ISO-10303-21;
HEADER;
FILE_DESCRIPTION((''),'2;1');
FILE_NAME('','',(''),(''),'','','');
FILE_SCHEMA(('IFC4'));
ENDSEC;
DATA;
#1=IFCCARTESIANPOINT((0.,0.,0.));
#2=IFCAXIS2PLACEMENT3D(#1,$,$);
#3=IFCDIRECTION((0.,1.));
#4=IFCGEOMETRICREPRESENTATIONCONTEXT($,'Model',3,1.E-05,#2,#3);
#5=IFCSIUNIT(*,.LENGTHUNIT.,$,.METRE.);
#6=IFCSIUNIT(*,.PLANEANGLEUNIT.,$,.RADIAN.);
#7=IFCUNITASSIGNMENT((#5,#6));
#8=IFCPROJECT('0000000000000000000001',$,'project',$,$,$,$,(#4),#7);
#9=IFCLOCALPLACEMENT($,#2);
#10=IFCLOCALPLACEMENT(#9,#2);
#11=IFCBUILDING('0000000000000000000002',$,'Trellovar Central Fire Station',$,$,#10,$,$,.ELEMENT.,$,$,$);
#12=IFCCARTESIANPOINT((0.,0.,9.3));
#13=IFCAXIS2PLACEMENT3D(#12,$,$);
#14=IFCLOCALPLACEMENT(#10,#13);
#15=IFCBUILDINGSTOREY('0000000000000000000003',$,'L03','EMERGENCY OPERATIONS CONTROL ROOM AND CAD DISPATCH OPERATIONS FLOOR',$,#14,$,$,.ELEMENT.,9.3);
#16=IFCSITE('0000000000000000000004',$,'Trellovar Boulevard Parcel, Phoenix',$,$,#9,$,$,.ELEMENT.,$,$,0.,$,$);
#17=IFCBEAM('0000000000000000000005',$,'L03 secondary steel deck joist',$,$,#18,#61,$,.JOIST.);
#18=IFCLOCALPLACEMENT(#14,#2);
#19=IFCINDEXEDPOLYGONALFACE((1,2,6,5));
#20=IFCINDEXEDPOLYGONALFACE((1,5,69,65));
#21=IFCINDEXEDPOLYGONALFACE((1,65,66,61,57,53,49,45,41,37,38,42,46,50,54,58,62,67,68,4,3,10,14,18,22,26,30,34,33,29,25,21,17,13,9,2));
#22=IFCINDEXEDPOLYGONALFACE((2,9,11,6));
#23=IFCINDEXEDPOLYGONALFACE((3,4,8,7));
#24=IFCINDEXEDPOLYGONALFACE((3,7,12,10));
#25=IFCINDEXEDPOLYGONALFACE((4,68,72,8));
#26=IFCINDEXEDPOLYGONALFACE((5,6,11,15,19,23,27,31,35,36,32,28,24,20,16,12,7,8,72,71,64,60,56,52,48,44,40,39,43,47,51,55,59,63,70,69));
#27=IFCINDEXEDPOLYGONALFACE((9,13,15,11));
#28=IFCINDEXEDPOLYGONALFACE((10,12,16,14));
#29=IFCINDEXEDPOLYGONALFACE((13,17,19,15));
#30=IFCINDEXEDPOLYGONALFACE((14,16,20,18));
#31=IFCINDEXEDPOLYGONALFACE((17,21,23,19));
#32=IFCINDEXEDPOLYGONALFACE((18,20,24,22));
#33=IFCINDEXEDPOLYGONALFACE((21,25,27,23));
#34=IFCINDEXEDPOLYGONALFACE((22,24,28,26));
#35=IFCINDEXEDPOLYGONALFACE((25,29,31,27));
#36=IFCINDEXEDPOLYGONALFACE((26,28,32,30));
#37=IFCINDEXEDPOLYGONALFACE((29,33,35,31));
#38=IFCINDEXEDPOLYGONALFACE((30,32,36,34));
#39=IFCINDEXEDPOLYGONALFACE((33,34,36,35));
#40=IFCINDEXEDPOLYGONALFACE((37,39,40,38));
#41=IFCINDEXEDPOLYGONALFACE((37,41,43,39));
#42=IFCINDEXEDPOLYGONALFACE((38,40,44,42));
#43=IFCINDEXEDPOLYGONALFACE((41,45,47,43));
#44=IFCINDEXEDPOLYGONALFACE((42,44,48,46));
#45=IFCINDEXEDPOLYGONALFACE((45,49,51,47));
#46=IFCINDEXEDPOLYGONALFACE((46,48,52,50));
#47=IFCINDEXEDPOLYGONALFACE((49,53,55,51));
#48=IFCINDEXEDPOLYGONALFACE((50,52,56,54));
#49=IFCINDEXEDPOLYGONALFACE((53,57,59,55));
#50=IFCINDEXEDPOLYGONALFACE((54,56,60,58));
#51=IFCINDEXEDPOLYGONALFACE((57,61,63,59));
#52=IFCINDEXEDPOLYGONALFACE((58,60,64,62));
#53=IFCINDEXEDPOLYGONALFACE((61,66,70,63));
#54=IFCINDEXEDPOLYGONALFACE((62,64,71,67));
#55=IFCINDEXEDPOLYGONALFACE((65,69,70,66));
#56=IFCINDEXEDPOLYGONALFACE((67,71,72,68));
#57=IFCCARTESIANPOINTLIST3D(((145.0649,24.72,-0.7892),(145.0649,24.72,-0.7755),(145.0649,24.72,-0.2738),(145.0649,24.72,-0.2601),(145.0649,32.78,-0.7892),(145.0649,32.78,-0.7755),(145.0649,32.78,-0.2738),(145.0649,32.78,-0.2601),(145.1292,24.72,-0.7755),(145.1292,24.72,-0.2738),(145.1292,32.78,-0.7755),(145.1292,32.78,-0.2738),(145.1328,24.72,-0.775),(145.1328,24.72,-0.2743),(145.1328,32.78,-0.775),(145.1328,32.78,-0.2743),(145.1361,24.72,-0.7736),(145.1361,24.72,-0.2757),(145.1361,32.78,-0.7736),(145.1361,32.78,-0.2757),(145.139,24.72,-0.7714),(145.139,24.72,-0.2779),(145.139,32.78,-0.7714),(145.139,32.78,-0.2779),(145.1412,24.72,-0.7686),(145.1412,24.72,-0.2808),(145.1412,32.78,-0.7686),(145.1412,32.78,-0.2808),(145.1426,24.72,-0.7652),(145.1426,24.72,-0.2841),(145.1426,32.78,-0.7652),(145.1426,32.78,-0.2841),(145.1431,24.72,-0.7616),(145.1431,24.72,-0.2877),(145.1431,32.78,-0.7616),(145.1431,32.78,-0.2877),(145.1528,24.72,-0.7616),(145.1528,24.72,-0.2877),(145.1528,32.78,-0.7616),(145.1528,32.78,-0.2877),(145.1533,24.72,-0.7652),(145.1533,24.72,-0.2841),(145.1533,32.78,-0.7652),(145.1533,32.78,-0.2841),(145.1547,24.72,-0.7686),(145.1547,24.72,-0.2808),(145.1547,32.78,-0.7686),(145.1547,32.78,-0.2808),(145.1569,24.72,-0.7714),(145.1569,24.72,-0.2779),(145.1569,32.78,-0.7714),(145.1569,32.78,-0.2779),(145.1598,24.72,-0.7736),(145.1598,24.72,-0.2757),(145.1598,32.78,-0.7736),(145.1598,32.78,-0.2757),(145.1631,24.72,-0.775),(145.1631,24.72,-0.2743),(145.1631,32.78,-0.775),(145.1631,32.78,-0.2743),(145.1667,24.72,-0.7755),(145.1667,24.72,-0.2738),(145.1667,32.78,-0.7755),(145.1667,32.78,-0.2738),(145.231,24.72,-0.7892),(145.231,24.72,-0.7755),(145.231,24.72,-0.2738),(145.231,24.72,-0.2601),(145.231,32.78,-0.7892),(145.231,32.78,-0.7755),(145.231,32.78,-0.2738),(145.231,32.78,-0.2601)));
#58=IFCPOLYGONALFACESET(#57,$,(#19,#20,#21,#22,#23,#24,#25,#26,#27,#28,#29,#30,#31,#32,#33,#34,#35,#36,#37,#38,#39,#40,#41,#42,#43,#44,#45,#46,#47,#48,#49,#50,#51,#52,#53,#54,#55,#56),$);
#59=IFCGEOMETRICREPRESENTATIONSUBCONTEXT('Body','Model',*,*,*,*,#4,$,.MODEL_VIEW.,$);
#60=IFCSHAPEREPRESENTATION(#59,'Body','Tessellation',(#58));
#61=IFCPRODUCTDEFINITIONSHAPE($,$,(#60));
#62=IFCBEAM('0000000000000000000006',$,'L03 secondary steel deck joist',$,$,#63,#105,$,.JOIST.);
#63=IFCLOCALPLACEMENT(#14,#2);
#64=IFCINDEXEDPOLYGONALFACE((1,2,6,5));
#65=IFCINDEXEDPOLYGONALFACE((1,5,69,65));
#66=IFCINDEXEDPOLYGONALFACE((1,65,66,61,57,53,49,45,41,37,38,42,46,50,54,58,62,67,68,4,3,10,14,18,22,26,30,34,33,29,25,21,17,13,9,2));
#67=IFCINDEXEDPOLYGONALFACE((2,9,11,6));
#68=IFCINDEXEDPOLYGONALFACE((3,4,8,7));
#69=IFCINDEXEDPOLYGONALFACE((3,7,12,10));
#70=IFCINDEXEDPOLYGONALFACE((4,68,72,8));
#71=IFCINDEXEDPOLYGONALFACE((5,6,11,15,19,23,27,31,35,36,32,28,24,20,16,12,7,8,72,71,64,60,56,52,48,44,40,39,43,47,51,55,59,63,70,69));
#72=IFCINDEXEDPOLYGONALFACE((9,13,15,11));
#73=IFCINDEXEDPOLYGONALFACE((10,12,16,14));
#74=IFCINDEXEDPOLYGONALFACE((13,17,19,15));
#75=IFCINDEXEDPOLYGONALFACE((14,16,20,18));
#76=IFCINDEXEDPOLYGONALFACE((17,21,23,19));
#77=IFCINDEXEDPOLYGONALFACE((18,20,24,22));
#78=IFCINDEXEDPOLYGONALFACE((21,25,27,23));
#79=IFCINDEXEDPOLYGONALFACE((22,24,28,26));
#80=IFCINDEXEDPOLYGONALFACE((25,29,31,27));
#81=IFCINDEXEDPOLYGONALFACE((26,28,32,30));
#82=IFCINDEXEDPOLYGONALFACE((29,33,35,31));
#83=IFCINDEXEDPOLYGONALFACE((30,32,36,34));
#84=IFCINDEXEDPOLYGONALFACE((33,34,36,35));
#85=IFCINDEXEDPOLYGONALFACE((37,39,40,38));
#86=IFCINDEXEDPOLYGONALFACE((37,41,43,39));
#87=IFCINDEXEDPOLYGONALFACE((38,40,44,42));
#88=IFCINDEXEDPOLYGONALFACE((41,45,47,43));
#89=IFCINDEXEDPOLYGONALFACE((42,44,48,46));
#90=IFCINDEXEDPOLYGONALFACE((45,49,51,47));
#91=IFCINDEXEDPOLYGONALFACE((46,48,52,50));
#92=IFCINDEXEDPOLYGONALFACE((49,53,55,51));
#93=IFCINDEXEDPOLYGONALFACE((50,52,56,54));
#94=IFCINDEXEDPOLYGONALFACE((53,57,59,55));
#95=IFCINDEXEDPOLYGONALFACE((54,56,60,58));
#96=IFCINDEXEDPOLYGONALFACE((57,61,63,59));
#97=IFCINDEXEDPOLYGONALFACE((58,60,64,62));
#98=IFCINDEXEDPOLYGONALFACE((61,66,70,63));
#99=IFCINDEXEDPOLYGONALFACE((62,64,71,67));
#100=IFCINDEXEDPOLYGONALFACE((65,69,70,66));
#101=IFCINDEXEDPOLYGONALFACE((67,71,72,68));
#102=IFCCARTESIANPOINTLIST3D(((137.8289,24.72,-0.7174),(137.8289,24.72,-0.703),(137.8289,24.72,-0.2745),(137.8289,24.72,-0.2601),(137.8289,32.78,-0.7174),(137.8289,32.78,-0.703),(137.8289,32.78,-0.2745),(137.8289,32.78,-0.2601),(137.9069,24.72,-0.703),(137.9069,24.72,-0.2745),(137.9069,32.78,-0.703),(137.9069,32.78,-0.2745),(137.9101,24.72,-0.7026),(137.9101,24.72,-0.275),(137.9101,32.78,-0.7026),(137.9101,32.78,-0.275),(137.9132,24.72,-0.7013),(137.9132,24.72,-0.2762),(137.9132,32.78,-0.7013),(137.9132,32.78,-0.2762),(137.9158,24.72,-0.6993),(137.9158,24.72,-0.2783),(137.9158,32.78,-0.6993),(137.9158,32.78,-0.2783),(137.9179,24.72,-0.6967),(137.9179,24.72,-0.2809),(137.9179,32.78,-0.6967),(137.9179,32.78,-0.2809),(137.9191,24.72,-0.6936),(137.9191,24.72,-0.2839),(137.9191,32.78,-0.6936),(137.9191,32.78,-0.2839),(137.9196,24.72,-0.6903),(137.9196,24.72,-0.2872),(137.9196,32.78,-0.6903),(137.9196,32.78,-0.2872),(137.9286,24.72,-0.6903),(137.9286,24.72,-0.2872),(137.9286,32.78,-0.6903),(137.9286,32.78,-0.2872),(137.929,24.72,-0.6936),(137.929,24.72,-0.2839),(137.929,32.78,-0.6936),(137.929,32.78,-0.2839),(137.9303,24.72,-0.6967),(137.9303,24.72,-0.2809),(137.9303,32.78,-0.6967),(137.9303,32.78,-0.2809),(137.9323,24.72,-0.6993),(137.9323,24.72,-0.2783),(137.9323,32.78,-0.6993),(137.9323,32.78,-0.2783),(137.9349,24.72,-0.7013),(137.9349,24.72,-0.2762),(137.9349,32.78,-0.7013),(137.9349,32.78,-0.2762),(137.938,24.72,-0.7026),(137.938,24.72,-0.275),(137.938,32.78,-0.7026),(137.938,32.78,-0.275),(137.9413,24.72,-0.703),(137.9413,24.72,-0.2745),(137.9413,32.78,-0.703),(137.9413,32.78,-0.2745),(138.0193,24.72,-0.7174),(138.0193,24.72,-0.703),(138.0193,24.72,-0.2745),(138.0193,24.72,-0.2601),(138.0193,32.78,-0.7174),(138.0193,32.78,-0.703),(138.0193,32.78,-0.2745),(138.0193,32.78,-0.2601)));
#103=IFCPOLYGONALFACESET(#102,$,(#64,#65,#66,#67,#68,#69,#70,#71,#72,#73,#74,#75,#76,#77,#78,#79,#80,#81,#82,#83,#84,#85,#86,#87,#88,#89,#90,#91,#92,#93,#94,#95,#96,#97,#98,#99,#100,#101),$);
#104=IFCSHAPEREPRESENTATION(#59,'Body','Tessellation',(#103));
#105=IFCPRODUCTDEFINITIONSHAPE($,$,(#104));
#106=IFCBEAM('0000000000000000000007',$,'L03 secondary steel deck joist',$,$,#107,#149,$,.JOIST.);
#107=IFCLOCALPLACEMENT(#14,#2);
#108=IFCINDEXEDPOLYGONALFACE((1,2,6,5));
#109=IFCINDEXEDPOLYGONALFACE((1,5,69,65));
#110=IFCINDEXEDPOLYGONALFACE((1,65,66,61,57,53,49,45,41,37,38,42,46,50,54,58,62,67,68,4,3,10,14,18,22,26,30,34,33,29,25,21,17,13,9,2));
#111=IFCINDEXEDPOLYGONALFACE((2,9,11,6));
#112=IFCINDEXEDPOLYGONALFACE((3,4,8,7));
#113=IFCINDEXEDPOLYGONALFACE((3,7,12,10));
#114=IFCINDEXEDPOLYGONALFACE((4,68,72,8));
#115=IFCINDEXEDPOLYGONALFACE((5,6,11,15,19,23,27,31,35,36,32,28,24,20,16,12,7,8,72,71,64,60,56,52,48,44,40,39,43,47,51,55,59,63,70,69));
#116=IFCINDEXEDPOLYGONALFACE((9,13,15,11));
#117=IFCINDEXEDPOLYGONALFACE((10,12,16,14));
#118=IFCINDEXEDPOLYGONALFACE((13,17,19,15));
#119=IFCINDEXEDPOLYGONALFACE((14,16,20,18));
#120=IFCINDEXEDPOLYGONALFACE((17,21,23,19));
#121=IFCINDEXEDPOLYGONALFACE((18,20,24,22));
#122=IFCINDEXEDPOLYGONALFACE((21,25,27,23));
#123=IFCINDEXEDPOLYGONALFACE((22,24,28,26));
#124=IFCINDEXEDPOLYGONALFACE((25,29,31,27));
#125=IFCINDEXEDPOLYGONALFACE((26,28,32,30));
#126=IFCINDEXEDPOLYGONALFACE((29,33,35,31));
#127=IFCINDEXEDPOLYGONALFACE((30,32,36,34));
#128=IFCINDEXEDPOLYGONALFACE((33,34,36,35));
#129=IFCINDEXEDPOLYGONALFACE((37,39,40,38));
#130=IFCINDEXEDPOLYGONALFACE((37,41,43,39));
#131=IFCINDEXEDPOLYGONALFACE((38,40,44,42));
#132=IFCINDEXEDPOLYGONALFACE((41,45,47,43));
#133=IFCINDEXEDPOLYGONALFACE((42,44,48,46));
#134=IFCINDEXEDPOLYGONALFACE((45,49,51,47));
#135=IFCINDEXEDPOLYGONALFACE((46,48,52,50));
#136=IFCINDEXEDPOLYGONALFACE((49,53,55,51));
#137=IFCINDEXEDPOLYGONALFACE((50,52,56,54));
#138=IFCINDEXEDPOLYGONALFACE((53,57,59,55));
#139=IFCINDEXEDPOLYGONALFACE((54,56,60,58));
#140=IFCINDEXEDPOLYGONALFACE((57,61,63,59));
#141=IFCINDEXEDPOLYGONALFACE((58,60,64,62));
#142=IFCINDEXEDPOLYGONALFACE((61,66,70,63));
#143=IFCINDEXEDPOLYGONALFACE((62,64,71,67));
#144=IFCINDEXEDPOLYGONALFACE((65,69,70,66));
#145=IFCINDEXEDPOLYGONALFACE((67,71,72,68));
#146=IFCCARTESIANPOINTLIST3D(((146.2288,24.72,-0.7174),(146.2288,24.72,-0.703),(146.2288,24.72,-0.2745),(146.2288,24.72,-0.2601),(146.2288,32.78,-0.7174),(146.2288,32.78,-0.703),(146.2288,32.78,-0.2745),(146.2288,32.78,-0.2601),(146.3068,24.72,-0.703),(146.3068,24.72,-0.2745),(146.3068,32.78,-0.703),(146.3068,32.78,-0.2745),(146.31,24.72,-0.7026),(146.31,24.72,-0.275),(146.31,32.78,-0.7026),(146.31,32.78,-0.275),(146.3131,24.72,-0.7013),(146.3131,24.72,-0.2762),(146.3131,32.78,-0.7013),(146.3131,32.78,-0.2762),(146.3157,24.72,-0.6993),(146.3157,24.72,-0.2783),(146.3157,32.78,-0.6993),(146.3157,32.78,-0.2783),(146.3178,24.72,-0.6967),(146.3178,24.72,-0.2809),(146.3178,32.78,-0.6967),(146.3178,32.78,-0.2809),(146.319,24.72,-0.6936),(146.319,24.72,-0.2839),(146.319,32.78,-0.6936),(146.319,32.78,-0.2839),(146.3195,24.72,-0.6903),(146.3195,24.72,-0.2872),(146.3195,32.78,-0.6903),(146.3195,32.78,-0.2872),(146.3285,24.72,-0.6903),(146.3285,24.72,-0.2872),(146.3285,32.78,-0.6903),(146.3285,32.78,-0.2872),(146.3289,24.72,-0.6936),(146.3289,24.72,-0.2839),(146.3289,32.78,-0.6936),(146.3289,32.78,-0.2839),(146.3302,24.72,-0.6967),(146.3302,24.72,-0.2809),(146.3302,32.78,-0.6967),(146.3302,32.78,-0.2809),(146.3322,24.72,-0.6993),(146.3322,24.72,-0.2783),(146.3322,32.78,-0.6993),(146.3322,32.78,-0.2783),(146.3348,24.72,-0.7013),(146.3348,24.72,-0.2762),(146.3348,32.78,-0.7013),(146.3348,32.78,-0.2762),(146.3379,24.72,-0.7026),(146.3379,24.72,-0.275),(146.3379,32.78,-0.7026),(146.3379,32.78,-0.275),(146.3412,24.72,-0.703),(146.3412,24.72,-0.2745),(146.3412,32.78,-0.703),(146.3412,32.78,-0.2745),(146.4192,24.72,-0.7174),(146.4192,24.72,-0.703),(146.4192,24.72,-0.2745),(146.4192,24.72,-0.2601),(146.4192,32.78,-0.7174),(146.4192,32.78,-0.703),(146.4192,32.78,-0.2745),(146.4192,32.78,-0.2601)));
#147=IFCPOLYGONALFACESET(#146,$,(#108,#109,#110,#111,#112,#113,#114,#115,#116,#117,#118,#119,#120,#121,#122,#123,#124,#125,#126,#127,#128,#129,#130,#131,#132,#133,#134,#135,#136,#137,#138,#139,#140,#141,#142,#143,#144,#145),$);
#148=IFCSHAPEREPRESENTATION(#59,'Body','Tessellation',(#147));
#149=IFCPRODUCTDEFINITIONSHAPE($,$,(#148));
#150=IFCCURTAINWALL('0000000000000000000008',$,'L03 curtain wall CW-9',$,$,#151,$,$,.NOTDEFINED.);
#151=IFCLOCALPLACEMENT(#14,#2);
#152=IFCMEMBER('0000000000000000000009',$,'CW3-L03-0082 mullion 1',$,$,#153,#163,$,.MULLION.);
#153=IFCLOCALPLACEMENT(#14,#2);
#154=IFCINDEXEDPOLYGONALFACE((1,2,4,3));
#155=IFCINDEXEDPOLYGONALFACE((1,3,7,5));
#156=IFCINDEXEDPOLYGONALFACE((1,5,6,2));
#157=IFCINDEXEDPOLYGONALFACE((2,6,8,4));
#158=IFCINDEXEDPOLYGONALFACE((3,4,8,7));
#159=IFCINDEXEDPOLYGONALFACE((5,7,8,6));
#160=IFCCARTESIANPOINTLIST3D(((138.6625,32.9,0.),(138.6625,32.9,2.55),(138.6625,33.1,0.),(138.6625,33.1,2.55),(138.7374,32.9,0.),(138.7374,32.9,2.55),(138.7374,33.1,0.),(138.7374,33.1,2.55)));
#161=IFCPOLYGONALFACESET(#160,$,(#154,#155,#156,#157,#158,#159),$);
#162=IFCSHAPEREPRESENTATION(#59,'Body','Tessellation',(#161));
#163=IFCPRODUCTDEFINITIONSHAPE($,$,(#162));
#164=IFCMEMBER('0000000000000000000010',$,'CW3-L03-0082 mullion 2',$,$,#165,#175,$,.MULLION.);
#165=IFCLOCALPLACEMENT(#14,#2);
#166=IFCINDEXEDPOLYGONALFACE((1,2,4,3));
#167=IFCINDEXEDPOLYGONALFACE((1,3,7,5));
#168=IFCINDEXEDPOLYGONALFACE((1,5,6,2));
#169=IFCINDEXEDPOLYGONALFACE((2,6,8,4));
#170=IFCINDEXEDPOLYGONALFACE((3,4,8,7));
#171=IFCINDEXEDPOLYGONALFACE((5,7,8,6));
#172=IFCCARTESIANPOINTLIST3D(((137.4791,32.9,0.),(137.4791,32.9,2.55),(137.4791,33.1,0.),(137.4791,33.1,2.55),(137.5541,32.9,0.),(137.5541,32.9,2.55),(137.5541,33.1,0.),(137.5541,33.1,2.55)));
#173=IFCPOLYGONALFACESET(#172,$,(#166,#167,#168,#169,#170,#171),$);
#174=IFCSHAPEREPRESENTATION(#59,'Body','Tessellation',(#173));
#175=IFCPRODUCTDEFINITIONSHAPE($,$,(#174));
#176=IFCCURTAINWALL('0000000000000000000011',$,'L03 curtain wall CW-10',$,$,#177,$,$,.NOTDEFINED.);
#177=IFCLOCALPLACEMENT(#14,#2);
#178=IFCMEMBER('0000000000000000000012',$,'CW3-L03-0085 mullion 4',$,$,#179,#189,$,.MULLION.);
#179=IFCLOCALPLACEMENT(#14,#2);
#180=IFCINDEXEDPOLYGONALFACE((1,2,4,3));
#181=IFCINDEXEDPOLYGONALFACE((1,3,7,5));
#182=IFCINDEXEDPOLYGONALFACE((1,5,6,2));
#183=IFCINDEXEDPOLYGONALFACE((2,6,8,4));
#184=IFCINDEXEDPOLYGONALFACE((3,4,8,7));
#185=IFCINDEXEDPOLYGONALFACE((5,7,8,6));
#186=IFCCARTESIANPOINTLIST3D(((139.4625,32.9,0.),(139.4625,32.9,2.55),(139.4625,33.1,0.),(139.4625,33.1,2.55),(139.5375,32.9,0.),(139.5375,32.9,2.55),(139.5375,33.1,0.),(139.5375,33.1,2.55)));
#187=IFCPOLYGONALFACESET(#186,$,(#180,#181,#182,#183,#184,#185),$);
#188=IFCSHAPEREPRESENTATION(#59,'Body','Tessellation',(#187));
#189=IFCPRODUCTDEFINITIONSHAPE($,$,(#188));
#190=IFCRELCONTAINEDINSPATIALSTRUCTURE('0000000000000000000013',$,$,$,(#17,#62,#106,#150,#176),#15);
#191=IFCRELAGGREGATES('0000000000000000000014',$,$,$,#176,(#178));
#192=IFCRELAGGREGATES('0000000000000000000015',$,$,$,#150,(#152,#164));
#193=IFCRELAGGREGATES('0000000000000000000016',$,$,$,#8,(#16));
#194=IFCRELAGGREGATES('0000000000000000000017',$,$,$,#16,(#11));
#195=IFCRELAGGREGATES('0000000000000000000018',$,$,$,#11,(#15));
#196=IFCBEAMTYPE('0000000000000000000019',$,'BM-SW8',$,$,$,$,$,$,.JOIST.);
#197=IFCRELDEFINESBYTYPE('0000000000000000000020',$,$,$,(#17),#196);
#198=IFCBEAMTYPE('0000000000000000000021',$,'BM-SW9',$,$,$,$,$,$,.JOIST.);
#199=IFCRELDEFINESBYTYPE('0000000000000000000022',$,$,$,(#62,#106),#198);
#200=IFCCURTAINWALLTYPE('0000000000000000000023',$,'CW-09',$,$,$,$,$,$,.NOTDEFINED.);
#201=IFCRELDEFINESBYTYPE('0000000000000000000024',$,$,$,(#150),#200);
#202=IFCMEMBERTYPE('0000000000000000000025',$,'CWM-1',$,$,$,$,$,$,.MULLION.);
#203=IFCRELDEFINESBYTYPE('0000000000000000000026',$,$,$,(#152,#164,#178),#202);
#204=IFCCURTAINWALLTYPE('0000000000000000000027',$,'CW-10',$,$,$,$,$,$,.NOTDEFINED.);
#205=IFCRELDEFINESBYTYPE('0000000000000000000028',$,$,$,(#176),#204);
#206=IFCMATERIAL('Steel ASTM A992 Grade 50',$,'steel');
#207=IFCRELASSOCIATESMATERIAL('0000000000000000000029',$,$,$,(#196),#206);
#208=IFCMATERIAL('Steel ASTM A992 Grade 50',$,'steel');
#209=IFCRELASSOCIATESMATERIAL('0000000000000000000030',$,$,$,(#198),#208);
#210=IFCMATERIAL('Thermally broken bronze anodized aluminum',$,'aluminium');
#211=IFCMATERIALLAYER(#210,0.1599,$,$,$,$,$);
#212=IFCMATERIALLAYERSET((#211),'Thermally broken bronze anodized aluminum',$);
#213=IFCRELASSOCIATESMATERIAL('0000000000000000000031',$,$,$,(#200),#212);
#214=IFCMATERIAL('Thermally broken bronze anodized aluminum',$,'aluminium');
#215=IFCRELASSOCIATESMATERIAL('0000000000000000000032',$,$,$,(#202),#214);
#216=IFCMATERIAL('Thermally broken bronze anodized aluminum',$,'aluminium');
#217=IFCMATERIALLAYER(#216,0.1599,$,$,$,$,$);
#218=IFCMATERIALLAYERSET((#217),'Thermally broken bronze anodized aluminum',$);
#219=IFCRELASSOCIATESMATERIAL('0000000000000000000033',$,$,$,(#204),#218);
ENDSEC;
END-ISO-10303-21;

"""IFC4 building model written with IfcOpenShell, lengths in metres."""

from ifc_helpers import new_model, si_unit, direction, frame, origin, origin_2d, place, context, subcontext, project, spatial, rectangle, i_section, extrude, material, layer, layer_set, material_profile, profile_set, type_object, element, aggregate, save


model = new_model("IFC4")

# Units and contexts
model_context = context("Model", 3, precision=1e-05, world=origin(), true_north=direction((0.0, 1.0)))
body_context = subcontext(model_context, "Body", "Model", "MODEL_VIEW")
ifc_project = project(units=[si_unit("LENGTHUNIT", "METRE"), si_unit("PLANEANGLEUNIT", "RADIAN")], contexts=[model_context])

# Site, building, storey
site_placement = place(None, origin())
site = spatial("IfcSite", under=ifc_project, at=site_placement, Name="Trellovar Boulevard Parcel, Phoenix", CompositionType="ELEMENT", RefElevation=0.0)
building_placement = place(site_placement, origin())
building = spatial("IfcBuilding", under=site, at=building_placement, Name="Trellovar Central Fire Station", CompositionType="ELEMENT")
storey_placement = place(building_placement, frame((0.0, 0.0, 9.3)))
storey = spatial("IfcBuildingStorey", under=building, at=storey_placement, Name="L03", Description="EMERGENCY OPERATIONS CONTROL ROOM AND CAD DISPATCH OPERATIONS FLOOR", CompositionType="ELEMENT", Elevation=9.3)

# Beams
ifc_material_1 = material(Name="Steel ASTM A992 Grade 50", Category="steel")
ifc_material_profile_1 = material_profile(ifc_material_1, i_section(OverallWidth=0.166, OverallDepth=0.5291, WebThickness=0.0098, FlangeThickness=0.0137, FilletRadius=0.0139, at=origin_2d()), Name="W21X50")
ifc_profile_set_1 = profile_set([ifc_material_profile_1], Name="Steel ASTM A992 Grade 50")
beam_type_1 = type_object("IfcBeamType", Name="BM-SW8", PredefinedType="JOIST", material=ifc_profile_set_1)
for number, where, z_axis, x_axis, name in (
    (1, (145.1479, 24.72, -0.5247), (0.0, 1.0, 0.0), (-1.0, 0.0, 0.0), "L03 secondary steel deck joist"),
):
    element("IfcBeam", number, at=place(storey_placement, frame(where, z_axis=z_axis, x_axis=x_axis)), inside=storey, type_object=beam_type_1, Name=name, PredefinedType="JOIST", context=body_context, shape_type="SweptSolid", body=[
        extrude(i_section(OverallWidth=0.166, OverallDepth=0.5291, WebThickness=0.0098, FlangeThickness=0.0137, FilletRadius=0.0139, at=origin_2d()), origin(), (0.0, 0.0, 1.0), 8.0601),
    ])
ifc_material_2 = material(Name="Steel ASTM A992 Grade 50", Category="steel")
ifc_material_profile_2 = material_profile(ifc_material_2, i_section(OverallWidth=0.1904, OverallDepth=0.4573, WebThickness=0.009, FlangeThickness=0.0144, FilletRadius=0.0127, at=origin_2d()), Name="W18X50")
ifc_profile_set_2 = profile_set([ifc_material_profile_2], Name="Steel ASTM A992 Grade 50")
beam_type_2 = type_object("IfcBeamType", Name="BM-SW9", PredefinedType="JOIST", material=ifc_profile_set_2)
for number, where, z_axis, x_axis, name in (
    (2, (137.9241, 24.72, -0.4888), (0.0, 1.0, 0.0), (-1.0, 0.0, 0.0), "L03 secondary steel deck joist"),
    (3, (146.324, 24.72, -0.4888), (0.0, 1.0, 0.0), (-1.0, 0.0, 0.0), "L03 secondary steel deck joist"),
):
    element("IfcBeam", number, at=place(storey_placement, frame(where, z_axis=z_axis, x_axis=x_axis)), inside=storey, type_object=beam_type_2, Name=name, PredefinedType="JOIST", context=body_context, shape_type="SweptSolid", body=[
        extrude(i_section(OverallWidth=0.1904, OverallDepth=0.4573, WebThickness=0.009, FlangeThickness=0.0144, FilletRadius=0.0127, at=origin_2d()), origin(), (0.0, 0.0, 1.0), 8.0601),
    ])

# Curtain wall, members
ifc_material_3 = material(Name="Thermally broken bronze anodized aluminum", Category="aluminium")
ifc_layer_1 = layer(ifc_material_3, 0.1599)
ifc_layer_set_1 = layer_set([ifc_layer_1], Name="Thermally broken bronze anodized aluminum")
curtain_wall_type_1 = type_object("IfcCurtainWallType", Name="CW-09", PredefinedType="NOTDEFINED", material=ifc_layer_set_1)
curtain_wall_1_placement = place(storey_placement, origin())
curtain_wall_1 = element("IfcCurtainWall", 4, at=curtain_wall_1_placement, inside=storey, type_object=curtain_wall_type_1, Name="L03 curtain wall CW-9", PredefinedType="NOTDEFINED")
ifc_material_4 = material(Name="Thermally broken bronze anodized aluminum", Category="aluminium")
ifc_material_profile_3 = material_profile(ifc_material_4, rectangle(XDim=0.075, YDim=0.2, at=origin_2d()), Name="ALU75X200")
ifc_profile_set_3 = profile_set([ifc_material_profile_3], Name="Thermally broken bronze anodized aluminum")
member_type_1 = type_object("IfcMemberType", Name="CWM-1", PredefinedType="MULLION", material=ifc_profile_set_3)
member_1_placement = place(storey_placement, frame((138.7, 33.0, 0.0), z_axis=(0.0, 0.0, 1.0), x_axis=(1.0, 0.0, 0.0)))
member_1 = element("IfcMember", 5, at=member_1_placement, type_object=member_type_1, Name="CW3-L03-0082 mullion 1", PredefinedType="MULLION", context=body_context, shape_type="SweptSolid", body=[
    extrude(rectangle(XDim=0.075, YDim=0.2, at=origin_2d()), origin(), (0.0, 0.0, 1.0), 2.55),
])
member_2_placement = place(storey_placement, frame((137.5166, 33.0, 0.0), z_axis=(0.0, 0.0, 1.0), x_axis=(1.0, 0.0, 0.0)))
member_2 = element("IfcMember", 6, at=member_2_placement, type_object=member_type_1, Name="CW3-L03-0082 mullion 2", PredefinedType="MULLION", context=body_context, shape_type="SweptSolid", body=[
    extrude(rectangle(XDim=0.075, YDim=0.2, at=origin_2d()), origin(), (0.0, 0.0, 1.0), 2.55),
])

# Curtain wall, member
ifc_material_5 = material(Name="Thermally broken bronze anodized aluminum", Category="aluminium")
ifc_layer_2 = layer(ifc_material_5, 0.1599)
ifc_layer_set_2 = layer_set([ifc_layer_2], Name="Thermally broken bronze anodized aluminum")
curtain_wall_type_2 = type_object("IfcCurtainWallType", Name="CW-10", PredefinedType="NOTDEFINED", material=ifc_layer_set_2)
curtain_wall_2_placement = place(storey_placement, origin())
curtain_wall_2 = element("IfcCurtainWall", 7, at=curtain_wall_2_placement, inside=storey, type_object=curtain_wall_type_2, Name="L03 curtain wall CW-10", PredefinedType="NOTDEFINED")
member_3_placement = place(storey_placement, frame((139.5, 33.0, 0.0), z_axis=(0.0, 0.0, 1.0), x_axis=(1.0, 0.0, 0.0)))
member_3 = element("IfcMember", 8, at=member_3_placement, type_object=member_type_1, Name="CW3-L03-0085 mullion 4", PredefinedType="MULLION", context=body_context, shape_type="SweptSolid", body=[
    extrude(rectangle(XDim=0.075, YDim=0.2, at=origin_2d()), origin(), (0.0, 0.0, 1.0), 2.55),
])
aggregate(curtain_wall_2, [member_3])

aggregate(curtain_wall_1, [member_1, member_2])

save(model, "model.ifc")
